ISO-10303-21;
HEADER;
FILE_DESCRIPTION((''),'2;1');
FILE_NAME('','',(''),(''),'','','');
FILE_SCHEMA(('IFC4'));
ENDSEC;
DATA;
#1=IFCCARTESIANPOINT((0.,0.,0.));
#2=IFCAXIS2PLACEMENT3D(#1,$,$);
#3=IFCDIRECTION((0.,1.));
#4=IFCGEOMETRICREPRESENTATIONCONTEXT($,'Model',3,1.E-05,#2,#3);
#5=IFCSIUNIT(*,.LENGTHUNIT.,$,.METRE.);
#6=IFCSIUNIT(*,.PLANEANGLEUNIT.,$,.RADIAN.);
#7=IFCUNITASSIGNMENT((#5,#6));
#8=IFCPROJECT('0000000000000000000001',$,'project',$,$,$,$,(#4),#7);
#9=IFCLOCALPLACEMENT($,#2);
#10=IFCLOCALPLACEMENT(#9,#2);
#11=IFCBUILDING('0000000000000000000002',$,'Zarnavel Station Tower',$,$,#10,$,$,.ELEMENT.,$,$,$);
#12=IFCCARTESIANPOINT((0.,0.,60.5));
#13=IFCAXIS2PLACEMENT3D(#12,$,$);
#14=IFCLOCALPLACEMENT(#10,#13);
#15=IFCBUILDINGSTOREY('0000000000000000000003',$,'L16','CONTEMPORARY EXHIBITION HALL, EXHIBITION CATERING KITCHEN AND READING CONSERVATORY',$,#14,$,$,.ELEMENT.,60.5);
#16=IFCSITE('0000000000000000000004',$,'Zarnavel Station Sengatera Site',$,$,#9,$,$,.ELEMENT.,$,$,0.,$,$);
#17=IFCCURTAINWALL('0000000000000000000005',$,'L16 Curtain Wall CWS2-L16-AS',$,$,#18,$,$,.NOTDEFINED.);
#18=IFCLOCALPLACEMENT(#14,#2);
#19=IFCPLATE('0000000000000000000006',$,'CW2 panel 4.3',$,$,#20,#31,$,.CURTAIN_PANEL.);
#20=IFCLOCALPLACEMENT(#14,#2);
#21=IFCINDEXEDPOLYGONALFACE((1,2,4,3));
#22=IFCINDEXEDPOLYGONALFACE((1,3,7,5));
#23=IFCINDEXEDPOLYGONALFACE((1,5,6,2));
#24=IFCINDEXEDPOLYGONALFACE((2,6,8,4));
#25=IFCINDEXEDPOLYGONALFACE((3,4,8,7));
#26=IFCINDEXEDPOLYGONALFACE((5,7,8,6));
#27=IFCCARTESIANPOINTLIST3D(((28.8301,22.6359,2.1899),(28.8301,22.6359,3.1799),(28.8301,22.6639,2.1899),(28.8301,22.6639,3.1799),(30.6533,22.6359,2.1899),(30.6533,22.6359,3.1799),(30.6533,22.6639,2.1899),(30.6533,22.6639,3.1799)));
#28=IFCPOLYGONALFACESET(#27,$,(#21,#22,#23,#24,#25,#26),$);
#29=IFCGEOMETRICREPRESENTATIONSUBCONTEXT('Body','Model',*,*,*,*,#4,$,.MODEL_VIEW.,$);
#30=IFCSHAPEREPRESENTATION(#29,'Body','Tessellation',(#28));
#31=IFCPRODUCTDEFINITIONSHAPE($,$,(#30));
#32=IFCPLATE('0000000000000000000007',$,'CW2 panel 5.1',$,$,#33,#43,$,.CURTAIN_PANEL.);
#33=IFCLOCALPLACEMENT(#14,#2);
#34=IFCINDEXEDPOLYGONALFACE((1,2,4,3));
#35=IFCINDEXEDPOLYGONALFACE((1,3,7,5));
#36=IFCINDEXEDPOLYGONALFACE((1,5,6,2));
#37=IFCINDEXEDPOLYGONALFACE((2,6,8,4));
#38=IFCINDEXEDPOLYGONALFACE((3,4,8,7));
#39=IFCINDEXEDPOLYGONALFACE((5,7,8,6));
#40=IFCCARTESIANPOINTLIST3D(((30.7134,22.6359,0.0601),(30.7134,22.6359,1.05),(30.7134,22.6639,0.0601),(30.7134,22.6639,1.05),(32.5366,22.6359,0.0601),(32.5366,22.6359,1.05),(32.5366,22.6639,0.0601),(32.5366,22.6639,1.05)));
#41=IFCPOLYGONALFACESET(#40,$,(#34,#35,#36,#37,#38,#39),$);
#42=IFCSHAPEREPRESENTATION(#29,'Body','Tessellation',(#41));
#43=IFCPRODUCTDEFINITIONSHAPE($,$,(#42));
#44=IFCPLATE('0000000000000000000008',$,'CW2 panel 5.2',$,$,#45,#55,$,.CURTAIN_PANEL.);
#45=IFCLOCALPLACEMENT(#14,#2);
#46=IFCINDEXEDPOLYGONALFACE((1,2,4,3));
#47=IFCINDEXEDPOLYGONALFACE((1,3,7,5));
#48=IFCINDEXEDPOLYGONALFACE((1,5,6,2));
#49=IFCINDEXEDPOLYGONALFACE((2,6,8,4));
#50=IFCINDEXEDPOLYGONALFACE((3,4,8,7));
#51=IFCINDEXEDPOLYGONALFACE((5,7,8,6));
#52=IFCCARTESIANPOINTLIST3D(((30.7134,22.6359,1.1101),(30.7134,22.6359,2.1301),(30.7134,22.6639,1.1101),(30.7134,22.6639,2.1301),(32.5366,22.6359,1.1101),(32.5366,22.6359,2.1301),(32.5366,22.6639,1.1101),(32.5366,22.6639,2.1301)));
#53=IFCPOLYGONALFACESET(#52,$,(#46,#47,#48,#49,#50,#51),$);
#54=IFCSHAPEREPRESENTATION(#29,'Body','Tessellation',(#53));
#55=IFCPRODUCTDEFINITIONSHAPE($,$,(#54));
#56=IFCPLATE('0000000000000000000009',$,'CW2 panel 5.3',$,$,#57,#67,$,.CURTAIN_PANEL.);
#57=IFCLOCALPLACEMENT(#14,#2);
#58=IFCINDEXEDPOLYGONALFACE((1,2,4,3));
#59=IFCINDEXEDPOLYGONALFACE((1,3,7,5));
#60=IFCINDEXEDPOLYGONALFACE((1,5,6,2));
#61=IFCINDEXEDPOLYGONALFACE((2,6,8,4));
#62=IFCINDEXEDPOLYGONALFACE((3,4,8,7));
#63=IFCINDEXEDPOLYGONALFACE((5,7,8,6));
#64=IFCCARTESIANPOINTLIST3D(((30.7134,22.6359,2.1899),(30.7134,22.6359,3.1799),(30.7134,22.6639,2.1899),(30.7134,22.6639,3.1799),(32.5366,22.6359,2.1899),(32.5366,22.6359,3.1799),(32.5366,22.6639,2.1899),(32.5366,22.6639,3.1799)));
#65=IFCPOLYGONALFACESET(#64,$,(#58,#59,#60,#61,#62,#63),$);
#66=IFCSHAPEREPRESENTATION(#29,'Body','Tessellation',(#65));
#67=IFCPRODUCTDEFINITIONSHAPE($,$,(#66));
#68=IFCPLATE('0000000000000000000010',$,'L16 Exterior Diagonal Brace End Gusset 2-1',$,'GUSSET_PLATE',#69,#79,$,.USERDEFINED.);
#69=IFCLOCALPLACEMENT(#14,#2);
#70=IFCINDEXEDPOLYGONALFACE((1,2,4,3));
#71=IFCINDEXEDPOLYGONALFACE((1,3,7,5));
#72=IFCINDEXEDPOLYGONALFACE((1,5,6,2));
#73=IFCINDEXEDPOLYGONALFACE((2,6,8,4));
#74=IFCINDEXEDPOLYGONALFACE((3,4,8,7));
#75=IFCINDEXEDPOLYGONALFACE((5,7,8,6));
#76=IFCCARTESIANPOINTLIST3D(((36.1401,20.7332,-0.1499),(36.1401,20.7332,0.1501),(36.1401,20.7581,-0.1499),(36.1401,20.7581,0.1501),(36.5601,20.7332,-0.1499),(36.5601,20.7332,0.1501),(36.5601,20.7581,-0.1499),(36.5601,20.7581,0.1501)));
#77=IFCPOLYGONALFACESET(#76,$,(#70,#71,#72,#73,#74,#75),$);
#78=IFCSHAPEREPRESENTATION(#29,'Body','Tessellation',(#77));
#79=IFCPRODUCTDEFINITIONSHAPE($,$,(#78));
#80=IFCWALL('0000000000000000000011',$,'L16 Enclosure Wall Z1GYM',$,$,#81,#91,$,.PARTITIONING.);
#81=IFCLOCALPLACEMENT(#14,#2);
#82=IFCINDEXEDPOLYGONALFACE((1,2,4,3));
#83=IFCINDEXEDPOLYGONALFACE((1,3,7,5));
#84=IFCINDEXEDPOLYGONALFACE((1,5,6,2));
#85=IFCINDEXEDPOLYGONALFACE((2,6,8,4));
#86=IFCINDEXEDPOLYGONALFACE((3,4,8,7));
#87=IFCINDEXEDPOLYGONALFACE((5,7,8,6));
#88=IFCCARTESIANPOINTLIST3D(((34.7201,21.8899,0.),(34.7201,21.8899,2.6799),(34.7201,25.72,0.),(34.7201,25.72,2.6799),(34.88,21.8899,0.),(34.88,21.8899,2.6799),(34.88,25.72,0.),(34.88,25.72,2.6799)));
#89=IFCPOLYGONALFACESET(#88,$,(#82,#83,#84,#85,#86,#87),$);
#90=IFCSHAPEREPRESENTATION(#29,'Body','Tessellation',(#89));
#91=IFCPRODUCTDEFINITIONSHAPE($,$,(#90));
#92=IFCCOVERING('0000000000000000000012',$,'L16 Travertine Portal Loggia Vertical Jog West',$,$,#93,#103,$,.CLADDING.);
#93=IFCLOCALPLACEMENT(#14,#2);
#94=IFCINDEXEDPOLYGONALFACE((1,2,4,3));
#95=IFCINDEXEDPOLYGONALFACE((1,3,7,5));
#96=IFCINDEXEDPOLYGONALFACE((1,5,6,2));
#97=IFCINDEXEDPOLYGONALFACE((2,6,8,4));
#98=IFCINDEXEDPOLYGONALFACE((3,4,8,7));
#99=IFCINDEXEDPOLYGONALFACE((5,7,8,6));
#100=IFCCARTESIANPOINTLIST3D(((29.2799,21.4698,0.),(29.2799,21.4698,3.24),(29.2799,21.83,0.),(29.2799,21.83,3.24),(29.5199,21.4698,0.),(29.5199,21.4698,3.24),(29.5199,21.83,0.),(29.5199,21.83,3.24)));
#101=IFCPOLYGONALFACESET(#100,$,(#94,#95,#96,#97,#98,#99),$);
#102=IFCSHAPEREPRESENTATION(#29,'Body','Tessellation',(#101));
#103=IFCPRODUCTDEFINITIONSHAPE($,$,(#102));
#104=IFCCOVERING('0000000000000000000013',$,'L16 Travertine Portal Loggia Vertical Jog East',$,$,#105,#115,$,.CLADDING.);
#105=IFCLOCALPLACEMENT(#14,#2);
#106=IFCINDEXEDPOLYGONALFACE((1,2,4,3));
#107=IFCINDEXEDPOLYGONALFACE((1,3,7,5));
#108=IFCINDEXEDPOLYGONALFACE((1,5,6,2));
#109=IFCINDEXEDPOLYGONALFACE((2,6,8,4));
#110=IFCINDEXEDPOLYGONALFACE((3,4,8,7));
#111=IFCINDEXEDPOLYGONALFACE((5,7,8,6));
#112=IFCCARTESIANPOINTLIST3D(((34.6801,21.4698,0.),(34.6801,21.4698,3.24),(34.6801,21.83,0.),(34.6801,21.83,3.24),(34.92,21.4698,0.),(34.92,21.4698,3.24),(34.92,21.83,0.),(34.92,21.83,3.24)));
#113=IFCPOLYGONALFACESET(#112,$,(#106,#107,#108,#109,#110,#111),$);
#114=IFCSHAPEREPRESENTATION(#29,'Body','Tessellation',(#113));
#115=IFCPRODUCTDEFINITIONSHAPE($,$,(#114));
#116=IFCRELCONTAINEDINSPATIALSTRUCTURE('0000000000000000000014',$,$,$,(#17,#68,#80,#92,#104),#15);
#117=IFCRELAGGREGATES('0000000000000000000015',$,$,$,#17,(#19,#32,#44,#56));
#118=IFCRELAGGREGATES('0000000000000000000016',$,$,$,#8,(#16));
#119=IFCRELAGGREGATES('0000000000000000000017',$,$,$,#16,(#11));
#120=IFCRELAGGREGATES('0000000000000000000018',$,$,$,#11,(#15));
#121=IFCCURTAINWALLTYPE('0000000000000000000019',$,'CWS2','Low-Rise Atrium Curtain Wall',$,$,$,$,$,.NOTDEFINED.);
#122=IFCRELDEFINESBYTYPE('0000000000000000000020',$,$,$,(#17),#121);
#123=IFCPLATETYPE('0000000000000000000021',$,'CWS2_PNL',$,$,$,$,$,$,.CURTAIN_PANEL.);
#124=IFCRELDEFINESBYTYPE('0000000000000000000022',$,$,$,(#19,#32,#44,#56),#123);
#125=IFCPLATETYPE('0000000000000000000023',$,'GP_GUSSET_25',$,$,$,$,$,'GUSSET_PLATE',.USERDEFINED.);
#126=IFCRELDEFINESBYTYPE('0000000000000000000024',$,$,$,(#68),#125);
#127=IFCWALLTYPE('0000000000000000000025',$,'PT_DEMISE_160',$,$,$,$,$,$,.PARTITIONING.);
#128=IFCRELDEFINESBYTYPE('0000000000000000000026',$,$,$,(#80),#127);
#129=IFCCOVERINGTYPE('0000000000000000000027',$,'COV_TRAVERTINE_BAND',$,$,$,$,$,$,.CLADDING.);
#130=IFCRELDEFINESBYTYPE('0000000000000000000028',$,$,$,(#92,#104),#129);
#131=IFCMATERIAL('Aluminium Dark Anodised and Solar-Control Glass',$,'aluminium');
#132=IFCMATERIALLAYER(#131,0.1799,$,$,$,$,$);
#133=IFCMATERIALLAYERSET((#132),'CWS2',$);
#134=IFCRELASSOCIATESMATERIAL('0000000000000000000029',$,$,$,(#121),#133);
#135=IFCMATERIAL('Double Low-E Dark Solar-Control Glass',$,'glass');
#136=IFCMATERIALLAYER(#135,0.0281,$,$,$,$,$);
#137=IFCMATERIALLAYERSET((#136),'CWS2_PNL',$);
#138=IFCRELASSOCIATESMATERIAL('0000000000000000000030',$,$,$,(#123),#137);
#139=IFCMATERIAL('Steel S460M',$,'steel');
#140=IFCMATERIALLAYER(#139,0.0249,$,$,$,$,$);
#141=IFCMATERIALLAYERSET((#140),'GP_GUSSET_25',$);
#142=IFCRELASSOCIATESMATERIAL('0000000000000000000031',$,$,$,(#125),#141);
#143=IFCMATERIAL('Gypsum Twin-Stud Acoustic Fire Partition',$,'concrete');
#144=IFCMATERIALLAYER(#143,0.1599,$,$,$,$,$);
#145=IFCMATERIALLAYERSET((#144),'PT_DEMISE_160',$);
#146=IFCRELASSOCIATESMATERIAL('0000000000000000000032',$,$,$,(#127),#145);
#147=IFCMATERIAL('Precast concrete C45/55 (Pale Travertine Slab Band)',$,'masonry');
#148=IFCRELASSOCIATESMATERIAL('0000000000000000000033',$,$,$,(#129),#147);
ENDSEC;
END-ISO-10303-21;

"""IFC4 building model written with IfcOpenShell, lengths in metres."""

from ifc_helpers import new_model, si_unit, direction, frame, frame_2d, origin, origin_2d, place, context, subcontext, project, spatial, rectangle, extrude, material, layer, layer_set, type_object, element, aggregate, save


model = new_model("IFC4")

# Units and contexts
model_context = context("Model", 3, precision=1e-05, world=origin(), true_north=direction((0.0, 1.0)))
body_context = subcontext(model_context, "Body", "Model", "MODEL_VIEW")
ifc_project = project(units=[si_unit("LENGTHUNIT", "METRE"), si_unit("PLANEANGLEUNIT", "RADIAN")], contexts=[model_context])

# Site, building, storey
site_placement = place(None, origin())
site = spatial("IfcSite", under=ifc_project, at=site_placement, Name="Zarnavel Station Sengatera Site", CompositionType="ELEMENT", RefElevation=0.0)
building_placement = place(site_placement, origin())
building = spatial("IfcBuilding", under=site, at=building_placement, Name="Zarnavel Station Tower", CompositionType="ELEMENT")
storey_placement = place(building_placement, frame((0.0, 0.0, 60.5)))
storey = spatial("IfcBuildingStorey", under=building, at=storey_placement, Name="L16", Description="CONTEMPORARY EXHIBITION HALL, EXHIBITION CATERING KITCHEN AND READING CONSERVATORY", CompositionType="ELEMENT", Elevation=60.5)

# Curtain wall
ifc_material_1 = material(Name="Aluminium Dark Anodised and Solar-Control Glass", Category="aluminium")
ifc_layer_1 = layer(ifc_material_1, 0.1799)
ifc_layer_set_1 = layer_set([ifc_layer_1], Name="CWS2")
curtain_wall_type = type_object("IfcCurtainWallType", Name="CWS2", Description="Low-Rise Atrium Curtain Wall", PredefinedType="NOTDEFINED", material=ifc_layer_set_1)
curtain_wall_placement = place(storey_placement, origin())
curtain_wall = element("IfcCurtainWall", 1, at=curtain_wall_placement, inside=storey, type_object=curtain_wall_type, Name="L16 Curtain Wall CWS2-L16-AS", PredefinedType="NOTDEFINED")

# Plates
ifc_material_2 = material(Name="Double Low-E Dark Solar-Control Glass", Category="glass")
ifc_layer_2 = layer(ifc_material_2, 0.0281)
ifc_layer_set_2 = layer_set([ifc_layer_2], Name="CWS2_PNL")
plate_type_1 = type_object("IfcPlateType", Name="CWS2_PNL", PredefinedType="CURTAIN_PANEL", material=ifc_layer_set_2)
plate_1_placement = place(storey_placement, frame((29.7417, 22.6499, 2.1899), z_axis=(0.0, 0.0, 1.0), x_axis=(1.0, 0.0, 0.0)))
plate_1 = element("IfcPlate", 2, at=plate_1_placement, type_object=plate_type_1, Name="CW2 panel 4.3", PredefinedType="CURTAIN_PANEL", context=body_context, shape_type="SweptSolid", body=[
    extrude(rectangle(XDim=1.8232, YDim=0.0281, at=origin_2d()), origin(), (0.0, 0.0, 1.0), 0.99),
])
plate_2_placement = place(storey_placement, frame((31.625, 22.6499, 0.0601), z_axis=(0.0, 0.0, 1.0), x_axis=(1.0, 0.0, 0.0)))
plate_2 = element("IfcPlate", 3, at=plate_2_placement, type_object=plate_type_1, Name="CW2 panel 5.1", PredefinedType="CURTAIN_PANEL", context=body_context, shape_type="SweptSolid", body=[
    extrude(rectangle(XDim=1.8232, YDim=0.0281, at=origin_2d()), origin(), (0.0, 0.0, 1.0), 0.99),
])
plate_3_placement = place(storey_placement, frame((31.625, 22.6499, 1.1101), z_axis=(0.0, 0.0, 1.0), x_axis=(1.0, 0.0, 0.0)))
plate_3 = element("IfcPlate", 4, at=plate_3_placement, type_object=plate_type_1, Name="CW2 panel 5.2", PredefinedType="CURTAIN_PANEL", context=body_context, shape_type="SweptSolid", body=[
    extrude(rectangle(XDim=1.8232, YDim=0.0281, at=origin_2d()), origin(), (0.0, 0.0, 1.0), 1.02),
])
plate_4_placement = place(storey_placement, frame((31.625, 22.6499, 2.1899), z_axis=(0.0, 0.0, 1.0), x_axis=(1.0, 0.0, 0.0)))
plate_4 = element("IfcPlate", 5, at=plate_4_placement, type_object=plate_type_1, Name="CW2 panel 5.3", PredefinedType="CURTAIN_PANEL", context=body_context, shape_type="SweptSolid", body=[
    extrude(rectangle(XDim=1.8232, YDim=0.0281, at=origin_2d()), origin(), (0.0, 0.0, 1.0), 0.99),
])
aggregate(curtain_wall, [plate_1, plate_2, plate_3, plate_4])
ifc_material_3 = material(Name="Steel S460M", Category="steel")
ifc_layer_3 = layer(ifc_material_3, 0.0249)
ifc_layer_set_3 = layer_set([ifc_layer_3], Name="GP_GUSSET_25")
plate_type_2 = type_object("IfcPlateType", Name="GP_GUSSET_25", ElementType="GUSSET_PLATE", PredefinedType="USERDEFINED", material=ifc_layer_set_3)
plate_5_placement = place(storey_placement, frame((36.3501, 20.7456, -0.1499), z_axis=(0.0, 0.0, 1.0), x_axis=(1.0, 0.0, 0.0)))
element("IfcPlate", 6, at=plate_5_placement, inside=storey, type_object=plate_type_2, Name="L16 Exterior Diagonal Brace End Gusset 2-1", ObjectType="GUSSET_PLATE", PredefinedType="USERDEFINED", context=body_context, shape_type="SweptSolid", body=[
    extrude(rectangle(XDim=0.4199, YDim=0.0249, at=origin_2d()), origin(), (0.0, 0.0, 1.0), 0.3),
])

# Wall
ifc_material_4 = material(Name="Gypsum Twin-Stud Acoustic Fire Partition", Category="concrete")
ifc_layer_4 = layer(ifc_material_4, 0.1599)
ifc_layer_set_4 = layer_set([ifc_layer_4], Name="PT_DEMISE_160")
wall_type = type_object("IfcWallType", Name="PT_DEMISE_160", PredefinedType="PARTITIONING", material=ifc_layer_set_4)
wall_placement = place(storey_placement, frame((34.8, 21.8899, 0.0), z_axis=(0.0, 0.0, 1.0), x_axis=(0.0, 1.0, 0.0)))
element("IfcWall", 7, at=wall_placement, inside=storey, type_object=wall_type, Name="L16 Enclosure Wall Z1GYM", PredefinedType="PARTITIONING", context=body_context, shape_type="SweptSolid", body=[
    extrude(rectangle(XDim=3.8301, YDim=0.1599, at=frame_2d((1.915, 0.0))), origin(), (0.0, 0.0, 1.0), 2.6799),
])

# Coverings
ifc_material_5 = material(Name="Precast concrete C45/55 (Pale Travertine Slab Band)", Category="masonry")
covering_type = type_object("IfcCoveringType", Name="COV_TRAVERTINE_BAND", PredefinedType="CLADDING", material=ifc_material_5)
for number, where, z_axis, x_axis, name in (
    (8, (29.3999, 21.6499, 0.0), (0.0, 0.0, 1.0), (1.0, 0.0, 0.0), "L16 Travertine Portal Loggia Vertical Jog West"),
    (9, (34.8, 21.6499, 0.0), (0.0, 0.0, 1.0), (1.0, 0.0, 0.0), "L16 Travertine Portal Loggia Vertical Jog East"),
):
    element("IfcCovering", number, at=place(storey_placement, frame(where, z_axis=z_axis, x_axis=x_axis)), inside=storey, type_object=covering_type, Name=name, PredefinedType="CLADDING", context=body_context, shape_type="SweptSolid", body=[
        extrude(rectangle(XDim=0.24, YDim=0.3601, at=origin_2d()), origin(), (0.0, 0.0, 1.0), 3.24),
    ])

save(model, "model.ifc")
